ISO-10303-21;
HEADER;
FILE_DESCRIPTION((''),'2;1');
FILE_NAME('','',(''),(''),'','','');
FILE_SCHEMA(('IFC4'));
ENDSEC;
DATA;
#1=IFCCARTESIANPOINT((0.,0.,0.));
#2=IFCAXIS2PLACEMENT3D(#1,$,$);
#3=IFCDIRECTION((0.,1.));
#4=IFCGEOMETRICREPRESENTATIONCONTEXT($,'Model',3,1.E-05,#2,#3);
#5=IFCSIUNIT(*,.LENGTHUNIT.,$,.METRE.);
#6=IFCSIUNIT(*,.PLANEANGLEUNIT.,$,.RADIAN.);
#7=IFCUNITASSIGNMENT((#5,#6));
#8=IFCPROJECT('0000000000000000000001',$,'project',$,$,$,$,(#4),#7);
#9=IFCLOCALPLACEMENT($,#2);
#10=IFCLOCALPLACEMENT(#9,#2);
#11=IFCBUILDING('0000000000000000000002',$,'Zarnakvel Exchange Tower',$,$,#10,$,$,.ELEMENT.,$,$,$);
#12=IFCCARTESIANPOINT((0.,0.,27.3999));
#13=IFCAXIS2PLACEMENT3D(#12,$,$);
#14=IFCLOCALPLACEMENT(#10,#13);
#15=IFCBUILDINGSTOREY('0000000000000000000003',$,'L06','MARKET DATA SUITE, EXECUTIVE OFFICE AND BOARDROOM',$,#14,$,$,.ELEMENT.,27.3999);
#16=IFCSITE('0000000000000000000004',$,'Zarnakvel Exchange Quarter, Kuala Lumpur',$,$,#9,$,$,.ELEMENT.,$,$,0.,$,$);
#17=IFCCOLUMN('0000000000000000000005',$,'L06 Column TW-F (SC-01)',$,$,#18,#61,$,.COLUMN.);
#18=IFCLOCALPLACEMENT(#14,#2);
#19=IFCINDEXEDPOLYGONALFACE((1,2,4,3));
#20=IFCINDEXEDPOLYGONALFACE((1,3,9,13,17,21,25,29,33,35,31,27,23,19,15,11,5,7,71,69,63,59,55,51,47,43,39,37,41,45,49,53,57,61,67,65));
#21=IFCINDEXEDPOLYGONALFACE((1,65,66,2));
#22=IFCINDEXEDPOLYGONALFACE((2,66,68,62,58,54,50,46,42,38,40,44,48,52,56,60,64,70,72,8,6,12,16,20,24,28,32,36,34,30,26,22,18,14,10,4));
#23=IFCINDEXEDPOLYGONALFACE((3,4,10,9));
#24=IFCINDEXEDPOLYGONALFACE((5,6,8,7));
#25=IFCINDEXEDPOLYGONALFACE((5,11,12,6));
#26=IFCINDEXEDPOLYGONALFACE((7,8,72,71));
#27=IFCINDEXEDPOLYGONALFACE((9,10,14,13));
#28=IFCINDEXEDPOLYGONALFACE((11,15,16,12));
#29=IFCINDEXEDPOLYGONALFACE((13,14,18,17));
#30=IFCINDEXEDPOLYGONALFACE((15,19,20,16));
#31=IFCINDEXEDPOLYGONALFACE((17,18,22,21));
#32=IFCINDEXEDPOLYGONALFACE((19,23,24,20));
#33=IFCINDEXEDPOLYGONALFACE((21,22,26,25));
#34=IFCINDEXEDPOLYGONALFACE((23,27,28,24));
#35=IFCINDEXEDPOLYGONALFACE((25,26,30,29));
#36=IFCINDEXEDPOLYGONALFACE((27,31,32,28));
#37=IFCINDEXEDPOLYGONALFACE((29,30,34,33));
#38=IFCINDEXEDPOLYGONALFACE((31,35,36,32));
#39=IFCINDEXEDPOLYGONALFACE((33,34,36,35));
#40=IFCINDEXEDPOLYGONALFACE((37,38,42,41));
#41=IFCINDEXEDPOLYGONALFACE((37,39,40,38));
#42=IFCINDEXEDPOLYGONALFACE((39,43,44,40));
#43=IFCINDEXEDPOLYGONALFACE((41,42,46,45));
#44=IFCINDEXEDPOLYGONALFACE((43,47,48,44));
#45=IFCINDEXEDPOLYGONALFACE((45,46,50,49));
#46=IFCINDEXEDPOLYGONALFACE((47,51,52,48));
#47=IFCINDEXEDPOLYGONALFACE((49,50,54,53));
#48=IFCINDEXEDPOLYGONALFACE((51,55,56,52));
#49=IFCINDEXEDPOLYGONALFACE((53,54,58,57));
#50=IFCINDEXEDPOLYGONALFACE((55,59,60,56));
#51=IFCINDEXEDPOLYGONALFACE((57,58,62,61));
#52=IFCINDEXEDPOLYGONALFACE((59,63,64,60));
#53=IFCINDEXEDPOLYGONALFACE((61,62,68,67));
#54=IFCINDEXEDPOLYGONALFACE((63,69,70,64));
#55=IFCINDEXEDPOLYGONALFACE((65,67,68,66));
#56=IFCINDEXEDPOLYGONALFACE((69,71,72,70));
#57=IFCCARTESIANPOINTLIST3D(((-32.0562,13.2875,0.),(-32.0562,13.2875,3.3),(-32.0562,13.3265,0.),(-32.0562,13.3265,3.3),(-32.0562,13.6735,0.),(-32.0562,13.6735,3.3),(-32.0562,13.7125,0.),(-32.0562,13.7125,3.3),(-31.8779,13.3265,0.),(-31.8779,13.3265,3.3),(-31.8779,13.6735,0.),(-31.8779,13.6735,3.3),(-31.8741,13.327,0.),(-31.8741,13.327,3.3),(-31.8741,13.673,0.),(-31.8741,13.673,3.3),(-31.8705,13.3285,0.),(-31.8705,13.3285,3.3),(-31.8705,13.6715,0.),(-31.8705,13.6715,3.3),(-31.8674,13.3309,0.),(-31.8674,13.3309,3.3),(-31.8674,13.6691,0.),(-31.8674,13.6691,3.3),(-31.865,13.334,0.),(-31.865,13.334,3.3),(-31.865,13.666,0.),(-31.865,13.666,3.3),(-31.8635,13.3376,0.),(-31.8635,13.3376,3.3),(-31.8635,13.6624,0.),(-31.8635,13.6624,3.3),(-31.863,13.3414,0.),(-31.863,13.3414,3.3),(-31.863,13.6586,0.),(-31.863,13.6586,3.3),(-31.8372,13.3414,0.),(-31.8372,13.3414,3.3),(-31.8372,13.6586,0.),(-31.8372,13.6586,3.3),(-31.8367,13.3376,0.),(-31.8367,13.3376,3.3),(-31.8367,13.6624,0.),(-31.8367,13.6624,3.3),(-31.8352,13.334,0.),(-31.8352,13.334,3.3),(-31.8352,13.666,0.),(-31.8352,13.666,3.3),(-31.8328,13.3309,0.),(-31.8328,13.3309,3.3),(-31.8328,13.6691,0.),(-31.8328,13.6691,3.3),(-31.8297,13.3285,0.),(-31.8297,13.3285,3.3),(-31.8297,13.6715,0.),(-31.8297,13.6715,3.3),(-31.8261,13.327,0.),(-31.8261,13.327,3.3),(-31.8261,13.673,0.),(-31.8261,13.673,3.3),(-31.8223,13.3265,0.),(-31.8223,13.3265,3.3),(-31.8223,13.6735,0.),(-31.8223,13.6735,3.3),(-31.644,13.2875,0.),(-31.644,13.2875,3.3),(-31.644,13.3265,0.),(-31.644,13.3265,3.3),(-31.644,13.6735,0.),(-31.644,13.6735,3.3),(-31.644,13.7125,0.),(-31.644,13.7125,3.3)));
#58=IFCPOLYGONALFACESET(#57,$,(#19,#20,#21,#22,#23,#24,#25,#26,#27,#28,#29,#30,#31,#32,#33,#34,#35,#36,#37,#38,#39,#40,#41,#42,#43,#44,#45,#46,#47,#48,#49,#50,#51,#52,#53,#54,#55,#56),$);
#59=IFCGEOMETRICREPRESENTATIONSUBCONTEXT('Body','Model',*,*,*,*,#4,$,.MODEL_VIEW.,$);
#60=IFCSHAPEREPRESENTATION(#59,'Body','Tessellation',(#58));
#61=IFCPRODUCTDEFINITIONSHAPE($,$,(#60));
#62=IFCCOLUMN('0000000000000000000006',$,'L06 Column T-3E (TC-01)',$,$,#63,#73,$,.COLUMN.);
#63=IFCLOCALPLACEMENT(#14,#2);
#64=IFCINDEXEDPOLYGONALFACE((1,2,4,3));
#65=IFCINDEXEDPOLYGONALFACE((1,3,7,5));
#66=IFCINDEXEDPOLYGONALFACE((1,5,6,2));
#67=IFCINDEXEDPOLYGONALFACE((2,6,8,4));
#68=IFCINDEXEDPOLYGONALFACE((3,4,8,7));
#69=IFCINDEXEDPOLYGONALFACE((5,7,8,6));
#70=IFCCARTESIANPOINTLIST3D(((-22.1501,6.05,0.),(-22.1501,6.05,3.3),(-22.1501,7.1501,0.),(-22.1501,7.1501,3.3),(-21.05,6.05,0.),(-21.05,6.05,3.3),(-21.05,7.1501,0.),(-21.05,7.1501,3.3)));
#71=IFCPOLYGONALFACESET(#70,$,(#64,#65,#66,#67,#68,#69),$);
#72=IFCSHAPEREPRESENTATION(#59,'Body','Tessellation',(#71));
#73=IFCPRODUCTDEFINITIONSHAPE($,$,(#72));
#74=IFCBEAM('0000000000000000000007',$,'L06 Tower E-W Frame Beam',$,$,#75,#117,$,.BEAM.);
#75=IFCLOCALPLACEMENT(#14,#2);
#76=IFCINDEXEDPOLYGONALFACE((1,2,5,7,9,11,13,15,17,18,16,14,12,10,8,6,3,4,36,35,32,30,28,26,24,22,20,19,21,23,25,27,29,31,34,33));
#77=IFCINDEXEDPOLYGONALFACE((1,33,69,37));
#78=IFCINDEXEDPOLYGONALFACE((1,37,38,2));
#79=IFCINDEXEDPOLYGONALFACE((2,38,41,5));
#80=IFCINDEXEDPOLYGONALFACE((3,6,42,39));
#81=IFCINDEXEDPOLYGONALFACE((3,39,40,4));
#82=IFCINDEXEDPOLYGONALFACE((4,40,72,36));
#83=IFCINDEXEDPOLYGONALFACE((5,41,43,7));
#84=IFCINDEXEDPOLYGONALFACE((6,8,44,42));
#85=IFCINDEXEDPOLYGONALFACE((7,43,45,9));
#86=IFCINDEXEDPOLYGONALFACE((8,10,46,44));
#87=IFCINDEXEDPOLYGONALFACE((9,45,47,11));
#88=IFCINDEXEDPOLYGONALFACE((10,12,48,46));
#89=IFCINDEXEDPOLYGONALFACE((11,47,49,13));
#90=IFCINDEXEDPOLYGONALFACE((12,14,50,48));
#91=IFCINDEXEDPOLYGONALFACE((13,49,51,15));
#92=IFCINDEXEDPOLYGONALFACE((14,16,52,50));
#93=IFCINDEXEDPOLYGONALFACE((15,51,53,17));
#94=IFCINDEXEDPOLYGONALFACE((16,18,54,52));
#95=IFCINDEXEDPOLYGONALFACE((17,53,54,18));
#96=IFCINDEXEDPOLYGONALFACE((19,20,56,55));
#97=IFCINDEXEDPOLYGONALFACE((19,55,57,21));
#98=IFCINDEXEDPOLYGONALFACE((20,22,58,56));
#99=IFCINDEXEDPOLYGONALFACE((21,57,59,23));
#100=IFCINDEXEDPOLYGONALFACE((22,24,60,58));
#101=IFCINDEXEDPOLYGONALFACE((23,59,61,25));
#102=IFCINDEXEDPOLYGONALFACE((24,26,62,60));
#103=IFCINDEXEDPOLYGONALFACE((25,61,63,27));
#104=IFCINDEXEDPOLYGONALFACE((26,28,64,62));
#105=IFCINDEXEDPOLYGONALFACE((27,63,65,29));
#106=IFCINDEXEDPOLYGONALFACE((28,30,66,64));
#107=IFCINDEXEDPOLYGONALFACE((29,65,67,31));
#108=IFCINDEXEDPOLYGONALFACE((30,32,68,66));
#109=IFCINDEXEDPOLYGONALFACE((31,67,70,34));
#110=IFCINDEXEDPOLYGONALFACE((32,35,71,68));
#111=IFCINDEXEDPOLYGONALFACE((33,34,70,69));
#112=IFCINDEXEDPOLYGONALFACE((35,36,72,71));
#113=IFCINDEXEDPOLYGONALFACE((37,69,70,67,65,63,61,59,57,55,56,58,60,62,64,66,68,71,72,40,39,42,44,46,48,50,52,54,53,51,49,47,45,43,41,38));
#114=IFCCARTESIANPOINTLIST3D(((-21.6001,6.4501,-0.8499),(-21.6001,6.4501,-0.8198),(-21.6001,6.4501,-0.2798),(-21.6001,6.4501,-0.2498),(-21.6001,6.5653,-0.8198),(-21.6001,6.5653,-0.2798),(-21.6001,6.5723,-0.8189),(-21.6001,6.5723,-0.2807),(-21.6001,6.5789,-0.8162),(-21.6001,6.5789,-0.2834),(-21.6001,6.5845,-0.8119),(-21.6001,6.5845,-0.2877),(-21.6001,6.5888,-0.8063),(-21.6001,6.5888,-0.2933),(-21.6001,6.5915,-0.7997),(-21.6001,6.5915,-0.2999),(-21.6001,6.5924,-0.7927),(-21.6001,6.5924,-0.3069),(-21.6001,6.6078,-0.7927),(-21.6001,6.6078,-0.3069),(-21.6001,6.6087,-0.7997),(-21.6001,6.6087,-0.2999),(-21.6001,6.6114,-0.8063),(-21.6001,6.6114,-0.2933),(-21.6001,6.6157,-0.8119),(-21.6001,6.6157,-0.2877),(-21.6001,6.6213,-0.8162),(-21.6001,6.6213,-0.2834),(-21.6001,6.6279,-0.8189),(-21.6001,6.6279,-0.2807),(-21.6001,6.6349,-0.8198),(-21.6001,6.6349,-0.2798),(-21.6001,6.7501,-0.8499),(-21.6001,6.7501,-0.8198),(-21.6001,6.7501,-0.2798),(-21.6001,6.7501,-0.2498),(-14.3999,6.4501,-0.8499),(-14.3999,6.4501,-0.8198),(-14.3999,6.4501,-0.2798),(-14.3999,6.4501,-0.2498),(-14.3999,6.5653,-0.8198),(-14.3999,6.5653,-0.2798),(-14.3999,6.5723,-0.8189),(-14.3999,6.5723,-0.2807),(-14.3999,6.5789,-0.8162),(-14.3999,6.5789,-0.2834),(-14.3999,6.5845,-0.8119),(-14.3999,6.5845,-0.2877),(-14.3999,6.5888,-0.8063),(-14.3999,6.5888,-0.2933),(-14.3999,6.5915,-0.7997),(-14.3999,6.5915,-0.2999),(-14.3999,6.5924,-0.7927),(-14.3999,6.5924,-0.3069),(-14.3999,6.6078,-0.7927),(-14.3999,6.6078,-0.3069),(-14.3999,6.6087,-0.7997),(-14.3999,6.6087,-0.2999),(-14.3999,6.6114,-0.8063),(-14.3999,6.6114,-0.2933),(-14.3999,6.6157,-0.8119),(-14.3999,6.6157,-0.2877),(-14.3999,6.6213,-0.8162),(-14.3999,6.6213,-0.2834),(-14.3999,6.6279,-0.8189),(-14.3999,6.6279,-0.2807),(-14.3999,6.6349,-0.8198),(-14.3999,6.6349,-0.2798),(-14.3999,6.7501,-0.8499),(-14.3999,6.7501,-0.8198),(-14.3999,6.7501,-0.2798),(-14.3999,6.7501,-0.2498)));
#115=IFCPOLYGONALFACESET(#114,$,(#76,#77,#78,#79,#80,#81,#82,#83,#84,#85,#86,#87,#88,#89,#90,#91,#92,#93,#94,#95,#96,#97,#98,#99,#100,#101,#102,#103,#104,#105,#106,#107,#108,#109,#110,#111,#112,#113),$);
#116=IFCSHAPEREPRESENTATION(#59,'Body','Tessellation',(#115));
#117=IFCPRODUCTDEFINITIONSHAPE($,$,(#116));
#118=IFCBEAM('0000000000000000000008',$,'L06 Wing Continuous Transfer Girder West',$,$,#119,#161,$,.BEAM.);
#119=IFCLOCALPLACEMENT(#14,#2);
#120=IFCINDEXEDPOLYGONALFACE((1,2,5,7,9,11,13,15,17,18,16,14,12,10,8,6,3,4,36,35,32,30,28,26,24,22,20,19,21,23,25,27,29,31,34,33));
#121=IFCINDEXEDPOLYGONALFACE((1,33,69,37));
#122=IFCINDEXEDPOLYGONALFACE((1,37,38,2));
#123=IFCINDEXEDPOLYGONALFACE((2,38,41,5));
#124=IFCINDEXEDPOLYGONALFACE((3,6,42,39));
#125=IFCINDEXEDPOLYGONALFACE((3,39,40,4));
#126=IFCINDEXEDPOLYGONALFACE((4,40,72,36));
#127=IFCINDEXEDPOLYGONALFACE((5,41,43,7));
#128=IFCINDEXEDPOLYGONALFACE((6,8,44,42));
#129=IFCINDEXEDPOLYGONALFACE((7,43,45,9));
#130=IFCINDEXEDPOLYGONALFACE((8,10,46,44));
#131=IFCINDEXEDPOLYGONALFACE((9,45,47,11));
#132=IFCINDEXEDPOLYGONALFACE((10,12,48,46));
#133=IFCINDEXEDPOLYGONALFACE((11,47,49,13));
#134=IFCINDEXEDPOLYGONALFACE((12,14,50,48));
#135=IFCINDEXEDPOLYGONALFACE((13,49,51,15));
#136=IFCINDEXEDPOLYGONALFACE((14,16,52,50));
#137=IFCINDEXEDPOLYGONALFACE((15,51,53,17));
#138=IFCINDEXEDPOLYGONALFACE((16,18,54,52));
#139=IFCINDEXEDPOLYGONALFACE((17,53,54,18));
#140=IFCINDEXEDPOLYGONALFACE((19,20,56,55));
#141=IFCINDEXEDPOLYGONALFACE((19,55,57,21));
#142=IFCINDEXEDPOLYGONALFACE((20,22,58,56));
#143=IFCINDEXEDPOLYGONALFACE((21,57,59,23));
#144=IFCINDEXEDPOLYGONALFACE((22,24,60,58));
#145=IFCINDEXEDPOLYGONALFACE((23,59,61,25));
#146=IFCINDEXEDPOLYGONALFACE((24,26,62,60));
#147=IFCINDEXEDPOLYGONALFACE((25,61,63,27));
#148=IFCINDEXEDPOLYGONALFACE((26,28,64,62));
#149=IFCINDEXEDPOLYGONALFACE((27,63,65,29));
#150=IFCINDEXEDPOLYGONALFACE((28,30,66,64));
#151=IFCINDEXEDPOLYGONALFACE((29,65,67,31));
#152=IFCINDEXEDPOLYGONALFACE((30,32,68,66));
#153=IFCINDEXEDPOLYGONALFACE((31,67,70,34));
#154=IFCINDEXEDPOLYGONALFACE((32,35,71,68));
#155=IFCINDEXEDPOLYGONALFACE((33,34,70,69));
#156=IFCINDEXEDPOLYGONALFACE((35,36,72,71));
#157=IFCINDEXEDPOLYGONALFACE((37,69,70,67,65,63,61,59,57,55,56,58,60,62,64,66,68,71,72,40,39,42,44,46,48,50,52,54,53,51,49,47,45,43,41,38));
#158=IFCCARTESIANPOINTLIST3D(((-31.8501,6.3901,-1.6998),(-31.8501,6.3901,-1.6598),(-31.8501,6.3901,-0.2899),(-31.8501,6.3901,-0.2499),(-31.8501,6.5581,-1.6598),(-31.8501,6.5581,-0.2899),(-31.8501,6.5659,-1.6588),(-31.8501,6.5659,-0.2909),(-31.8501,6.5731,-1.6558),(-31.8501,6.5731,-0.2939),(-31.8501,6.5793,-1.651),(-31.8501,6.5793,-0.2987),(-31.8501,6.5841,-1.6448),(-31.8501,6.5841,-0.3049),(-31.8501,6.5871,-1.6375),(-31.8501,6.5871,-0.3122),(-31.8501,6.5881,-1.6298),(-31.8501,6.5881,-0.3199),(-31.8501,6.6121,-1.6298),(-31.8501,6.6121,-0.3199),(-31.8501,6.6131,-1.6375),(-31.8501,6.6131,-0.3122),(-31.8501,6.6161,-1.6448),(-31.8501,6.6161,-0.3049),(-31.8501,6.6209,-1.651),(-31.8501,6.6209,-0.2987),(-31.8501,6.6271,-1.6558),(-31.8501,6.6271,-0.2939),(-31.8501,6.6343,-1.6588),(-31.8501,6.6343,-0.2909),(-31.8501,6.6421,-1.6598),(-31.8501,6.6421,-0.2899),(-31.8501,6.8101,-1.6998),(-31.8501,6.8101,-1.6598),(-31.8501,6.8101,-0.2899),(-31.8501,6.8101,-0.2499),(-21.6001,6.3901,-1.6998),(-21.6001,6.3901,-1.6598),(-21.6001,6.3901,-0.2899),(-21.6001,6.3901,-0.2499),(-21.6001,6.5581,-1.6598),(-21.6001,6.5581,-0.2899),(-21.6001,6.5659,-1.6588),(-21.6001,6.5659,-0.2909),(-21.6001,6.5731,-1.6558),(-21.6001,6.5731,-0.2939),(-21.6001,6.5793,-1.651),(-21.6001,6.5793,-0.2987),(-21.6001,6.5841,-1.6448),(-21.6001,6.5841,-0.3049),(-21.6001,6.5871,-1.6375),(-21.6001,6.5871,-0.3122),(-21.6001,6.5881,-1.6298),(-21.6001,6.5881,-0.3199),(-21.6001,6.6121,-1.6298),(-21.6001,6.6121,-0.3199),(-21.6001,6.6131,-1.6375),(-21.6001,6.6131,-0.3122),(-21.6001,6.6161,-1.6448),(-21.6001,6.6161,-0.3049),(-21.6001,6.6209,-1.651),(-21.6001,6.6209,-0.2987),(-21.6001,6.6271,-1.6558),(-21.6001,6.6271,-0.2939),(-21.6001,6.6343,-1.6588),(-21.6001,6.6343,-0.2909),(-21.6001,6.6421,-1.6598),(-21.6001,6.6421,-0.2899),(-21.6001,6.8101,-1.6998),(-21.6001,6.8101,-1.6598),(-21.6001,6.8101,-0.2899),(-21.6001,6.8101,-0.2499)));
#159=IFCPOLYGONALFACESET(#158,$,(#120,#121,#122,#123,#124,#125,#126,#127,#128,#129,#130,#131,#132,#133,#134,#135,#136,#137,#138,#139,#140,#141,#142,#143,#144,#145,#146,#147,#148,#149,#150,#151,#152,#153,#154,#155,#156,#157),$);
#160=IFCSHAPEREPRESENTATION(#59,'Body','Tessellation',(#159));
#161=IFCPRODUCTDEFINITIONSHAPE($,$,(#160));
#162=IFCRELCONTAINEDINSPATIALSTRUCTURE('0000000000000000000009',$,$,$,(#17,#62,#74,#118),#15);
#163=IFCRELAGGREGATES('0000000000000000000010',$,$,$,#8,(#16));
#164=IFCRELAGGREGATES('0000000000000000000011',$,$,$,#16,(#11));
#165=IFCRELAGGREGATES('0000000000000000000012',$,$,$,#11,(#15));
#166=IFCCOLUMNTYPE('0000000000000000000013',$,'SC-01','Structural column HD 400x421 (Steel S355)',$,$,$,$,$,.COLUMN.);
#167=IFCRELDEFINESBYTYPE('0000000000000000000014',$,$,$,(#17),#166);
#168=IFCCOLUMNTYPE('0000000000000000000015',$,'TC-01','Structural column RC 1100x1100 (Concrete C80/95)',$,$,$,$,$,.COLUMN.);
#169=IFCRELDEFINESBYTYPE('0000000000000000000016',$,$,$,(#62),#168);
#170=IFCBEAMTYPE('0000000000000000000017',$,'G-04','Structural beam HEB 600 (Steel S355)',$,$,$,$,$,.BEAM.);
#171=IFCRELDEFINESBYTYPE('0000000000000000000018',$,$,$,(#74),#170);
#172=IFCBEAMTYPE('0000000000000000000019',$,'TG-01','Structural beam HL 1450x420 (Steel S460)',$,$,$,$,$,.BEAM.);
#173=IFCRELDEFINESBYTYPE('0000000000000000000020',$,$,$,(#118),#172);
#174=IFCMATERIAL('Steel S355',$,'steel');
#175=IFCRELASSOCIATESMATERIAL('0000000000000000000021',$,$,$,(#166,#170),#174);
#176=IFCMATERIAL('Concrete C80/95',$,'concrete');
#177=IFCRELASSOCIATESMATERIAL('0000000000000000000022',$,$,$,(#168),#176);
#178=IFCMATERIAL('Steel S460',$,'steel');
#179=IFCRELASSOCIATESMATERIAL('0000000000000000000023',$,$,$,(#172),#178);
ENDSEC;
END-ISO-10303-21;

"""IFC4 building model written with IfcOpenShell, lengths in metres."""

from ifc_helpers import new_model, si_unit, direction, frame, origin, origin_2d, place, context, subcontext, project, spatial, rectangle, i_section, extrude, material, material_profile, profile_set, type_object, element, save


model = new_model("IFC4")

# Units and contexts
model_context = context("Model", 3, precision=1e-05, world=origin(), true_north=direction((0.0, 1.0)))
body_context = subcontext(model_context, "Body", "Model", "MODEL_VIEW")
ifc_project = project(units=[si_unit("LENGTHUNIT", "METRE"), si_unit("PLANEANGLEUNIT", "RADIAN")], contexts=[model_context])

# Site, building, storey
site_placement = place(None, origin())
site = spatial("IfcSite", under=ifc_project, at=site_placement, Name="Zarnakvel Exchange Quarter, Kuala Lumpur", CompositionType="ELEMENT", RefElevation=0.0)
building_placement = place(site_placement, origin())
building = spatial("IfcBuilding", under=site, at=building_placement, Name="Zarnakvel Exchange Tower", CompositionType="ELEMENT")
storey_placement = place(building_placement, frame((0.0, 0.0, 27.3999)))
storey = spatial("IfcBuildingStorey", under=building, at=storey_placement, Name="L06", Description="MARKET DATA SUITE, EXECUTIVE OFFICE AND BOARDROOM", CompositionType="ELEMENT", Elevation=27.3999)

# Columns
ifc_material_1 = material(Name="Steel S355", Category="steel")
ifc_material_profile_1 = material_profile(ifc_material_1, i_section(OverallWidth=0.4121, OverallDepth=0.425, WebThickness=0.0259, FlangeThickness=0.0391, FilletRadius=0.0149, at=origin_2d()))
ifc_profile_set_1 = profile_set([ifc_material_profile_1], Name="Steel S355")
column_type_1 = type_object("IfcColumnType", Name="SC-01", Description="Structural column HD 400x421 (Steel S355)", PredefinedType="COLUMN", material=ifc_profile_set_1)
column_1_placement = place(storey_placement, frame((-31.8501, 13.5, 0.0), z_axis=(0.0, 0.0, 1.0), x_axis=(1.0, 0.0, 0.0)))
element("IfcColumn", 1, at=column_1_placement, inside=storey, type_object=column_type_1, Name="L06 Column TW-F (SC-01)", PredefinedType="COLUMN", context=body_context, shape_type="SweptSolid", body=[
    extrude(i_section(OverallWidth=0.4121, OverallDepth=0.425, WebThickness=0.0259, FlangeThickness=0.0391, FilletRadius=0.0149, at=origin_2d()), origin(), (0.0, 0.0, 1.0), 3.3),
])
ifc_material_2 = material(Name="Concrete C80/95", Category="concrete")
ifc_material_profile_2 = material_profile(ifc_material_2, rectangle(XDim=1.1001, YDim=1.1001, at=origin_2d()))
ifc_profile_set_2 = profile_set([ifc_material_profile_2], Name="Concrete C80/95")
column_type_2 = type_object("IfcColumnType", Name="TC-01", Description="Structural column RC 1100x1100 (Concrete C80/95)", PredefinedType="COLUMN", material=ifc_profile_set_2)
column_2_placement = place(storey_placement, frame((-21.6001, 6.6001, 0.0), z_axis=(0.0, 0.0, 1.0), x_axis=(1.0, 0.0, 0.0)))
element("IfcColumn", 2, at=column_2_placement, inside=storey, type_object=column_type_2, Name="L06 Column T-3E (TC-01)", PredefinedType="COLUMN", context=body_context, shape_type="SweptSolid", body=[
    extrude(rectangle(XDim=1.1001, YDim=1.1001, at=origin_2d()), origin(), (0.0, 0.0, 1.0), 3.3),
])

# Beams
ifc_material_profile_3 = material_profile(ifc_material_1, i_section(OverallWidth=0.3, OverallDepth=0.6001, WebThickness=0.0154, FlangeThickness=0.03, FilletRadius=0.0271, at=origin_2d()))
ifc_profile_set_3 = profile_set([ifc_material_profile_3], Name="Steel S355")
beam_type_1 = type_object("IfcBeamType", Name="G-04", Description="Structural beam HEB 600 (Steel S355)", PredefinedType="BEAM", material=ifc_profile_set_3)
beam_placement = place(storey_placement, frame((-21.6001, 6.6001, -0.5498), z_axis=(1.0, 0.0, 0.0), x_axis=(0.0, 1.0, 0.0)))
element("IfcBeam", 3, at=beam_placement, inside=storey, type_object=beam_type_1, Name="L06 Tower E-W Frame Beam", PredefinedType="BEAM", context=body_context, shape_type="SweptSolid", body=[
    extrude(i_section(OverallWidth=0.3, OverallDepth=0.6001, WebThickness=0.0154, FlangeThickness=0.03, FilletRadius=0.0271, at=origin_2d()), origin(), (0.0, 0.0, 1.0), 7.2002),
])
ifc_material_3 = material(Name="Steel S460", Category="steel")
ifc_material_profile_4 = material_profile(ifc_material_3, i_section(OverallWidth=0.4199, OverallDepth=1.45, WebThickness=0.0239, FlangeThickness=0.04, FilletRadius=0.03, at=origin_2d()))
ifc_profile_set_4 = profile_set([ifc_material_profile_4], Name="Steel S460")
beam_type_2 = type_object("IfcBeamType", Name="TG-01", Description="Structural beam HL 1450x420 (Steel S460)", PredefinedType="BEAM", material=ifc_profile_set_4)
for number, where, z_axis, x_axis, name in (
    (4, (-31.8501, 6.6001, -0.9749), (1.0, 0.0, 0.0), (0.0, 1.0, 0.0), "L06 Wing Continuous Transfer Girder West"),
):
    element("IfcBeam", number, at=place(storey_placement, frame(where, z_axis=z_axis, x_axis=x_axis)), inside=storey, type_object=beam_type_2, Name=name, PredefinedType="BEAM", context=body_context, shape_type="SweptSolid", body=[
        extrude(i_section(OverallWidth=0.4199, OverallDepth=1.45, WebThickness=0.0239, FlangeThickness=0.04, FilletRadius=0.03, at=origin_2d()), origin(), (0.0, 0.0, 1.0), 10.25),
    ])

save(model, "model.ifc")
